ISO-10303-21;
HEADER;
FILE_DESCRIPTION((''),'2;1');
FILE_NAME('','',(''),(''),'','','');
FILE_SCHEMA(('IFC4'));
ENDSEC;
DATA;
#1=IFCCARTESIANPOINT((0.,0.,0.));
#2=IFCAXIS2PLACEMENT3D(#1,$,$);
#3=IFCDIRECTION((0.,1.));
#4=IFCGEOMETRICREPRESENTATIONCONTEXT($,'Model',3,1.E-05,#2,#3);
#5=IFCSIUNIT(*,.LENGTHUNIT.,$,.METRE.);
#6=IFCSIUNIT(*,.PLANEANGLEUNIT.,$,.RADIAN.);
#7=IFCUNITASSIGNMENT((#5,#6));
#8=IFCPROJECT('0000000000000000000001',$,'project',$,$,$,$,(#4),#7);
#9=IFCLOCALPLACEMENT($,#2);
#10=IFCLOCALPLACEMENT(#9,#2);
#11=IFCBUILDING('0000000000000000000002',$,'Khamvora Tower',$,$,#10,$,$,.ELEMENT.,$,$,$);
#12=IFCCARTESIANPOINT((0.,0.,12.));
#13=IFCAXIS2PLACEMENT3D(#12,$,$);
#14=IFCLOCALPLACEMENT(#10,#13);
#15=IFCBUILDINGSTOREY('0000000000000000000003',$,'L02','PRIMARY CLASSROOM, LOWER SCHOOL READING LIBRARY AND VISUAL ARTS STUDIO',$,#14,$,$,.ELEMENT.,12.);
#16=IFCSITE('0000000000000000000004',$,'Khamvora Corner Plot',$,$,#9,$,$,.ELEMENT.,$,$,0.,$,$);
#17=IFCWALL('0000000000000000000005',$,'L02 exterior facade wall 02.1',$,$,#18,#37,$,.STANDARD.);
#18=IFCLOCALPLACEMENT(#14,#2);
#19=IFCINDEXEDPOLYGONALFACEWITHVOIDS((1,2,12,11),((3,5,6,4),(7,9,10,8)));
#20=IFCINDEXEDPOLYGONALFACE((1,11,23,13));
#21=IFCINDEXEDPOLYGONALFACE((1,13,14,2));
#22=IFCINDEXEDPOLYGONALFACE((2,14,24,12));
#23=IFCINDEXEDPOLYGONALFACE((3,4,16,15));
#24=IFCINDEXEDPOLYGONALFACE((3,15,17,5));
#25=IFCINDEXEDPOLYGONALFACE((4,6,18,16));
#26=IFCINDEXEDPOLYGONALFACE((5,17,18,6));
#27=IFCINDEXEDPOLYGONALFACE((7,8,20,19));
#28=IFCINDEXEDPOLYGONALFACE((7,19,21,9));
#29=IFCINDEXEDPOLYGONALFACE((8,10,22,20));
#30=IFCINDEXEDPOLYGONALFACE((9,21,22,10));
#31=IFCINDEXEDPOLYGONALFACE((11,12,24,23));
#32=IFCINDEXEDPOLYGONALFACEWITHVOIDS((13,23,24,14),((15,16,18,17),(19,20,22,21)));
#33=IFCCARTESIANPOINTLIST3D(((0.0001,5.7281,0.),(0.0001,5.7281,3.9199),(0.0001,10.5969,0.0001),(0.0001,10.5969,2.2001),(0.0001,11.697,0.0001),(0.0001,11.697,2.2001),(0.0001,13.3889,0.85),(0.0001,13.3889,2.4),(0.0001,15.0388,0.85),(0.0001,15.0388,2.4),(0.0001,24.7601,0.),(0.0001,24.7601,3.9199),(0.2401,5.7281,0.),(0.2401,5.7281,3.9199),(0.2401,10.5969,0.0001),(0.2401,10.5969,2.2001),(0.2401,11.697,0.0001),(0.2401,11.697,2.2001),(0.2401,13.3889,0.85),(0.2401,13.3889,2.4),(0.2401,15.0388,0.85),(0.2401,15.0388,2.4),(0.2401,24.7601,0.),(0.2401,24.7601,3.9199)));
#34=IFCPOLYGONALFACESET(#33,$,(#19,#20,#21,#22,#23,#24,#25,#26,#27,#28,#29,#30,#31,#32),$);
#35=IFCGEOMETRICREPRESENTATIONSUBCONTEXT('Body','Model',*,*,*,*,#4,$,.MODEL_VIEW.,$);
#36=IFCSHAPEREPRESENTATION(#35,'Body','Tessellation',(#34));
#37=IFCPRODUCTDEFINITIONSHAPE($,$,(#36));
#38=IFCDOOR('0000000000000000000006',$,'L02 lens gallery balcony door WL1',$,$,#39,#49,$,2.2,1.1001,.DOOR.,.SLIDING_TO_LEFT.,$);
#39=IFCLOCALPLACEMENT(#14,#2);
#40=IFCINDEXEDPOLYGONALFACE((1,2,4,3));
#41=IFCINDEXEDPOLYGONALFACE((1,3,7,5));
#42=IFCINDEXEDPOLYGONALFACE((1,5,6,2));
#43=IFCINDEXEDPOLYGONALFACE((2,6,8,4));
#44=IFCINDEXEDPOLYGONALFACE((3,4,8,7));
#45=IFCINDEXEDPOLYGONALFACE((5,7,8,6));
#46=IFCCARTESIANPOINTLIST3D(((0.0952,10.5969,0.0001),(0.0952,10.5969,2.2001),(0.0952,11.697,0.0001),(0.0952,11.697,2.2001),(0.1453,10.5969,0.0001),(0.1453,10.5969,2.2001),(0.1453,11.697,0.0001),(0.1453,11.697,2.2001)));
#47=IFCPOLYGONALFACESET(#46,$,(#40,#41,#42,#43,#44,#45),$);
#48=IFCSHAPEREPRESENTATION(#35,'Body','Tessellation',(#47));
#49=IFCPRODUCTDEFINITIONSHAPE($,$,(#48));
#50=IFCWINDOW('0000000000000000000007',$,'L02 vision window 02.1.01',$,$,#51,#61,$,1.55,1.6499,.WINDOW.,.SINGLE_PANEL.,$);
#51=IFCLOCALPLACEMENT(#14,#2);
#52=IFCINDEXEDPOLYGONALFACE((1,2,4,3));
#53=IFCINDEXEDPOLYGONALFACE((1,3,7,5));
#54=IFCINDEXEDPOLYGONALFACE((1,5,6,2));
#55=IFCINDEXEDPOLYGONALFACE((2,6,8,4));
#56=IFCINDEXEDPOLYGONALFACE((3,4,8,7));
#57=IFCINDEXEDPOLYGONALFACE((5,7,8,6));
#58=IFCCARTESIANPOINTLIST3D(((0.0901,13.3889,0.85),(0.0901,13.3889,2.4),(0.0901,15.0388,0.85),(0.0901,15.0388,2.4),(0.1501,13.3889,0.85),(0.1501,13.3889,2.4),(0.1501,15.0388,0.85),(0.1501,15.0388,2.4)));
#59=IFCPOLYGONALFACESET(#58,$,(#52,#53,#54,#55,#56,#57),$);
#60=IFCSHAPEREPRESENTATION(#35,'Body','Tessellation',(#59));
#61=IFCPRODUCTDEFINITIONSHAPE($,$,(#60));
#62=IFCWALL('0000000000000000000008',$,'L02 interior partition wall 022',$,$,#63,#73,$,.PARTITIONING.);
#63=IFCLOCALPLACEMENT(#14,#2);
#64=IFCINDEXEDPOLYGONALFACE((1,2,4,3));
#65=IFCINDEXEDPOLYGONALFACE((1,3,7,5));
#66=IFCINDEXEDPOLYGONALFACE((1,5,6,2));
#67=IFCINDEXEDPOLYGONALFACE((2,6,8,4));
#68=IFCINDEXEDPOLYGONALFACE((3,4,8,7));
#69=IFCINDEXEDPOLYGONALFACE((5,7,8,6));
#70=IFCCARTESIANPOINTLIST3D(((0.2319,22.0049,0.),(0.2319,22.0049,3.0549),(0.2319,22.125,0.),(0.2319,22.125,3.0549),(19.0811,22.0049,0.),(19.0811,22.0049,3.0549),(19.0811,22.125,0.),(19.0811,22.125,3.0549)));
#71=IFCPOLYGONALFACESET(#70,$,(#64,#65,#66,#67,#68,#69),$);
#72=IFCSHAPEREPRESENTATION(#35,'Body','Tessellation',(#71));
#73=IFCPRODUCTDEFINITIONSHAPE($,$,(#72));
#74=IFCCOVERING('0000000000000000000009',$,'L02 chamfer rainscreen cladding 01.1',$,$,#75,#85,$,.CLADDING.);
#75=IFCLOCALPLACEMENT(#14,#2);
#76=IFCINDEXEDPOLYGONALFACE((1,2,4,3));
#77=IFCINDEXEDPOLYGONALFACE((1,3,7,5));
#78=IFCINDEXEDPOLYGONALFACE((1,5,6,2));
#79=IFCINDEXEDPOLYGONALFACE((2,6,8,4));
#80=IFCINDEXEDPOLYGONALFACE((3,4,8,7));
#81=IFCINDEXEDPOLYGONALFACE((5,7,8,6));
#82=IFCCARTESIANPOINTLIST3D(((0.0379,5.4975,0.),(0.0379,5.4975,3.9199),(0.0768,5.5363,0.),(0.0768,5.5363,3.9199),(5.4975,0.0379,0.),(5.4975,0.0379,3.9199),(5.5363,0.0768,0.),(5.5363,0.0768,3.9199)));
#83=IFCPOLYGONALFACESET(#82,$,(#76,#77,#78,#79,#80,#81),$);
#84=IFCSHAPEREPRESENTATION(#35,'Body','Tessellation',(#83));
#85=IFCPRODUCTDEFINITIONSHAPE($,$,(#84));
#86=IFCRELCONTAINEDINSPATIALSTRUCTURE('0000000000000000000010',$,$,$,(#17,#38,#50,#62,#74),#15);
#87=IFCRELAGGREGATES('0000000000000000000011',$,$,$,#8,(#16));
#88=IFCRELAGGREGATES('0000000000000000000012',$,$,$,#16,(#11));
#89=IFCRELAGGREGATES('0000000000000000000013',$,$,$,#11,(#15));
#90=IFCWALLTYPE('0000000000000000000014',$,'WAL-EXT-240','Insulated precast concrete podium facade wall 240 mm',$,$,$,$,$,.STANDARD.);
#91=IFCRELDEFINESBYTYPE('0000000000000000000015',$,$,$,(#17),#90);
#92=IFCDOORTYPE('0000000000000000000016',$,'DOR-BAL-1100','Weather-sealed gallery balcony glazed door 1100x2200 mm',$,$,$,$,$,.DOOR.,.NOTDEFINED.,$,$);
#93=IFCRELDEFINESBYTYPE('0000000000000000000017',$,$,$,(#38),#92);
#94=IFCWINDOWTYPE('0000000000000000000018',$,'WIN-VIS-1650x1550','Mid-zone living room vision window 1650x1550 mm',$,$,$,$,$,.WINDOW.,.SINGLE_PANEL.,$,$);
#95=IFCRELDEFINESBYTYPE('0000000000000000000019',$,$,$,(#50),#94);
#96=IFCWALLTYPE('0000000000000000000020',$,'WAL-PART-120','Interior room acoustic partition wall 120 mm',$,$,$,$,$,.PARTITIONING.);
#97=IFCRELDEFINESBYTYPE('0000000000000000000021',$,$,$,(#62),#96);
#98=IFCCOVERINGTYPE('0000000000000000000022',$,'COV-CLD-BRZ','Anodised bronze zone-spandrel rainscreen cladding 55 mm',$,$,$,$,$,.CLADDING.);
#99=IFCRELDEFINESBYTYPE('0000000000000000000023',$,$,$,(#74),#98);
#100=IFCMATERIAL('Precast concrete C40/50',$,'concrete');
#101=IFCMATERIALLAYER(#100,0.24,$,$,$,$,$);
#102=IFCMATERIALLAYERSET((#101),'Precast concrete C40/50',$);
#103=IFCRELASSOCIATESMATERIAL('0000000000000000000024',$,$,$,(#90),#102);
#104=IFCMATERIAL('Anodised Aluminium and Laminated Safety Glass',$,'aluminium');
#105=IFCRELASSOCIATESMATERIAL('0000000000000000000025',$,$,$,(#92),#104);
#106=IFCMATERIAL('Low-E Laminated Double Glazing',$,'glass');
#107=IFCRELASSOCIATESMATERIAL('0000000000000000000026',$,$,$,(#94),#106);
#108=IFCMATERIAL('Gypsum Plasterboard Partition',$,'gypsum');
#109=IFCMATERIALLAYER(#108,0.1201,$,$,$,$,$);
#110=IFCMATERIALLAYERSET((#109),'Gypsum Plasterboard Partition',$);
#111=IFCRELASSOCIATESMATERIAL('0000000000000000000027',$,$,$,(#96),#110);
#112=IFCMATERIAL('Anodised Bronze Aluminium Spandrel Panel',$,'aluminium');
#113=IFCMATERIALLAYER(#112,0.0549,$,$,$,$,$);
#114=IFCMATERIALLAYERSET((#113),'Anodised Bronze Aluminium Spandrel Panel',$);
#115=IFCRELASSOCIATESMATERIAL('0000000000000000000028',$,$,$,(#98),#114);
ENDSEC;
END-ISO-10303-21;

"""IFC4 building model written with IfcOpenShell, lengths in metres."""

from ifc_helpers import new_model, si_unit, direction, frame, frame_2d, origin, origin_2d, place, context, subcontext, project, spatial, rectangle, extrude, material, layer, layer_set, type_object, element, fill, save


model = new_model("IFC4")

# Units and contexts
model_context = context("Model", 3, precision=1e-05, world=origin(), true_north=direction((0.0, 1.0)))
body_context = subcontext(model_context, "Body", "Model", "MODEL_VIEW")
ifc_project = project(units=[si_unit("LENGTHUNIT", "METRE"), si_unit("PLANEANGLEUNIT", "RADIAN")], contexts=[model_context])

# Site, building, storey
site_placement = place(None, origin())
site = spatial("IfcSite", under=ifc_project, at=site_placement, Name="Khamvora Corner Plot", CompositionType="ELEMENT", RefElevation=0.0)
building_placement = place(site_placement, origin())
building = spatial("IfcBuilding", under=site, at=building_placement, Name="Khamvora Tower", CompositionType="ELEMENT")
storey_placement = place(building_placement, frame((0.0, 0.0, 12.0)))
storey = spatial("IfcBuildingStorey", under=building, at=storey_placement, Name="L02", Description="PRIMARY CLASSROOM, LOWER SCHOOL READING LIBRARY AND VISUAL ARTS STUDIO", CompositionType="ELEMENT", Elevation=12.0)

# Wall, openings, door, window
ifc_material_1 = material(Name="Precast concrete C40/50", Category="concrete")
ifc_layer_1 = layer(ifc_material_1, 0.24)
ifc_layer_set_1 = layer_set([ifc_layer_1], Name="Precast concrete C40/50")
wall_type_1 = type_object("IfcWallType", Name="WAL-EXT-240", Description="Insulated precast concrete podium facade wall 240 mm", PredefinedType="STANDARD", material=ifc_layer_set_1)
wall_1_placement = place(storey_placement, frame((0.1201, 5.728, 0.0), z_axis=(0.0, 0.0, 1.0), x_axis=(0.0, 1.0, 0.0)))
wall_1 = element("IfcWall", 1, at=wall_1_placement, inside=storey, type_object=wall_type_1, Name="L02 exterior facade wall 02.1", PredefinedType="STANDARD", context=body_context, shape_type="SweptSolid", body=[
    extrude(rectangle(XDim=19.032, YDim=0.24, at=frame_2d((9.5161, 0.0))), origin(), (0.0, 0.0, 1.0), 3.9199),
])
opening_1_placement = place(wall_1_placement, frame((4.8689, 0.0, 0.0)))
opening_1 = element("IfcOpeningElement", 2, at=opening_1_placement, cuts=wall_1, PredefinedType="OPENING", context=body_context, shape_type="SweptSolid", body=[
    extrude(rectangle(XDim=1.1001, YDim=2.2, at=frame_2d((0.55, 1.1001))), frame((0.0, 0.1299, 0.0), z_axis=(0.0, -1.0, 0.0), x_axis=(1.0, 0.0, 0.0)), (0.0, 0.0, 1.0), 0.26),
])
opening_2_placement = place(wall_1_placement, frame((7.6609, 0.0, 0.8501)))
opening_2 = element("IfcOpeningElement", 3, at=opening_2_placement, cuts=wall_1, PredefinedType="OPENING", context=body_context, shape_type="SweptSolid", body=[
    extrude(rectangle(XDim=1.6499, YDim=1.55, at=frame_2d((0.825, 0.7749))), frame((0.0, 0.1299, 0.0), z_axis=(0.0, -1.0, 0.0), x_axis=(1.0, 0.0, 0.0)), (0.0, 0.0, 1.0), 0.26),
])
ifc_material_2 = material(Name="Anodised Aluminium and Laminated Safety Glass", Category="aluminium")
door_type = type_object("IfcDoorType", Name="DOR-BAL-1100", Description="Weather-sealed gallery balcony glazed door 1100x2200 mm", OperationType="NOTDEFINED", PredefinedType="DOOR", material=ifc_material_2)
door_placement = place(opening_1_placement, origin())
door = element("IfcDoor", 4, at=door_placement, inside=storey, type_object=door_type, Name="L02 lens gallery balcony door WL1", OperationType="SLIDING_TO_LEFT", OverallHeight=2.2, OverallWidth=1.1001, PredefinedType="DOOR", context=body_context, shape_type="SweptSolid", body=[
    extrude(rectangle(XDim=1.1001, YDim=2.2, at=frame_2d((0.55, 1.1001))), frame((0.0, 0.0249, 0.0), z_axis=(0.0, -1.0, 0.0), x_axis=(1.0, 0.0, 0.0)), (0.0, 0.0, 1.0), 0.05),
])
fill(opening_1, door)
ifc_material_3 = material(Name="Low-E Laminated Double Glazing", Category="glass")
window_type = type_object("IfcWindowType", Name="WIN-VIS-1650x1550", Description="Mid-zone living room vision window 1650x1550 mm", PartitioningType="SINGLE_PANEL", PredefinedType="WINDOW", material=ifc_material_3)
window_placement = place(opening_2_placement, origin())
window = element("IfcWindow", 5, at=window_placement, inside=storey, type_object=window_type, Name="L02 vision window 02.1.01", OverallHeight=1.55, OverallWidth=1.6499, PartitioningType="SINGLE_PANEL", PredefinedType="WINDOW", context=body_context, shape_type="SweptSolid", body=[
    extrude(rectangle(XDim=1.6499, YDim=1.55, at=frame_2d((0.825, 0.7749))), frame((0.0, 0.03, 0.0), z_axis=(0.0, -1.0, 0.0), x_axis=(1.0, 0.0, 0.0)), (0.0, 0.0, 1.0), 0.0601),
])
fill(opening_2, window)

# Wall
ifc_material_4 = material(Name="Gypsum Plasterboard Partition", Category="gypsum")
ifc_layer_2 = layer(ifc_material_4, 0.1201)
ifc_layer_set_2 = layer_set([ifc_layer_2], Name="Gypsum Plasterboard Partition")
wall_type_2 = type_object("IfcWallType", Name="WAL-PART-120", Description="Interior room acoustic partition wall 120 mm", PredefinedType="PARTITIONING", material=ifc_layer_set_2)
wall_2_placement = place(storey_placement, frame((0.2319, 22.0649, 0.0), z_axis=(0.0, 0.0, 1.0), x_axis=(1.0, 0.0, 0.0)))
element("IfcWall", 6, at=wall_2_placement, inside=storey, type_object=wall_type_2, Name="L02 interior partition wall 022", PredefinedType="PARTITIONING", context=body_context, shape_type="SweptSolid", body=[
    extrude(rectangle(XDim=18.8491, YDim=0.1201, at=frame_2d((9.4246, 0.0))), origin(), (0.0, 0.0, 1.0), 3.0549),
])

# Covering
ifc_material_5 = material(Name="Anodised Bronze Aluminium Spandrel Panel", Category="aluminium")
ifc_layer_3 = layer(ifc_material_5, 0.0549)
ifc_layer_set_3 = layer_set([ifc_layer_3], Name="Anodised Bronze Aluminium Spandrel Panel")
covering_type = type_object("IfcCoveringType", Name="COV-CLD-BRZ", Description="Anodised bronze zone-spandrel rainscreen cladding 55 mm", PredefinedType="CLADDING", material=ifc_layer_set_3)
covering_placement = place(storey_placement, frame((2.7871, 2.7871, 0.0), z_axis=(0.0, 0.0, 1.0), x_axis=(-0.707107, 0.707107, 0.0)))
element("IfcCovering", 7, at=covering_placement, inside=storey, type_object=covering_type, Name="L02 chamfer rainscreen cladding 01.1", PredefinedType="CLADDING", context=body_context, shape_type="SweptSolid", body=[
    extrude(rectangle(XDim=7.7209, YDim=0.0549, at=origin_2d()), origin(), (0.0, 0.0, 1.0), 3.9199),
])

save(model, "model.ifc")
